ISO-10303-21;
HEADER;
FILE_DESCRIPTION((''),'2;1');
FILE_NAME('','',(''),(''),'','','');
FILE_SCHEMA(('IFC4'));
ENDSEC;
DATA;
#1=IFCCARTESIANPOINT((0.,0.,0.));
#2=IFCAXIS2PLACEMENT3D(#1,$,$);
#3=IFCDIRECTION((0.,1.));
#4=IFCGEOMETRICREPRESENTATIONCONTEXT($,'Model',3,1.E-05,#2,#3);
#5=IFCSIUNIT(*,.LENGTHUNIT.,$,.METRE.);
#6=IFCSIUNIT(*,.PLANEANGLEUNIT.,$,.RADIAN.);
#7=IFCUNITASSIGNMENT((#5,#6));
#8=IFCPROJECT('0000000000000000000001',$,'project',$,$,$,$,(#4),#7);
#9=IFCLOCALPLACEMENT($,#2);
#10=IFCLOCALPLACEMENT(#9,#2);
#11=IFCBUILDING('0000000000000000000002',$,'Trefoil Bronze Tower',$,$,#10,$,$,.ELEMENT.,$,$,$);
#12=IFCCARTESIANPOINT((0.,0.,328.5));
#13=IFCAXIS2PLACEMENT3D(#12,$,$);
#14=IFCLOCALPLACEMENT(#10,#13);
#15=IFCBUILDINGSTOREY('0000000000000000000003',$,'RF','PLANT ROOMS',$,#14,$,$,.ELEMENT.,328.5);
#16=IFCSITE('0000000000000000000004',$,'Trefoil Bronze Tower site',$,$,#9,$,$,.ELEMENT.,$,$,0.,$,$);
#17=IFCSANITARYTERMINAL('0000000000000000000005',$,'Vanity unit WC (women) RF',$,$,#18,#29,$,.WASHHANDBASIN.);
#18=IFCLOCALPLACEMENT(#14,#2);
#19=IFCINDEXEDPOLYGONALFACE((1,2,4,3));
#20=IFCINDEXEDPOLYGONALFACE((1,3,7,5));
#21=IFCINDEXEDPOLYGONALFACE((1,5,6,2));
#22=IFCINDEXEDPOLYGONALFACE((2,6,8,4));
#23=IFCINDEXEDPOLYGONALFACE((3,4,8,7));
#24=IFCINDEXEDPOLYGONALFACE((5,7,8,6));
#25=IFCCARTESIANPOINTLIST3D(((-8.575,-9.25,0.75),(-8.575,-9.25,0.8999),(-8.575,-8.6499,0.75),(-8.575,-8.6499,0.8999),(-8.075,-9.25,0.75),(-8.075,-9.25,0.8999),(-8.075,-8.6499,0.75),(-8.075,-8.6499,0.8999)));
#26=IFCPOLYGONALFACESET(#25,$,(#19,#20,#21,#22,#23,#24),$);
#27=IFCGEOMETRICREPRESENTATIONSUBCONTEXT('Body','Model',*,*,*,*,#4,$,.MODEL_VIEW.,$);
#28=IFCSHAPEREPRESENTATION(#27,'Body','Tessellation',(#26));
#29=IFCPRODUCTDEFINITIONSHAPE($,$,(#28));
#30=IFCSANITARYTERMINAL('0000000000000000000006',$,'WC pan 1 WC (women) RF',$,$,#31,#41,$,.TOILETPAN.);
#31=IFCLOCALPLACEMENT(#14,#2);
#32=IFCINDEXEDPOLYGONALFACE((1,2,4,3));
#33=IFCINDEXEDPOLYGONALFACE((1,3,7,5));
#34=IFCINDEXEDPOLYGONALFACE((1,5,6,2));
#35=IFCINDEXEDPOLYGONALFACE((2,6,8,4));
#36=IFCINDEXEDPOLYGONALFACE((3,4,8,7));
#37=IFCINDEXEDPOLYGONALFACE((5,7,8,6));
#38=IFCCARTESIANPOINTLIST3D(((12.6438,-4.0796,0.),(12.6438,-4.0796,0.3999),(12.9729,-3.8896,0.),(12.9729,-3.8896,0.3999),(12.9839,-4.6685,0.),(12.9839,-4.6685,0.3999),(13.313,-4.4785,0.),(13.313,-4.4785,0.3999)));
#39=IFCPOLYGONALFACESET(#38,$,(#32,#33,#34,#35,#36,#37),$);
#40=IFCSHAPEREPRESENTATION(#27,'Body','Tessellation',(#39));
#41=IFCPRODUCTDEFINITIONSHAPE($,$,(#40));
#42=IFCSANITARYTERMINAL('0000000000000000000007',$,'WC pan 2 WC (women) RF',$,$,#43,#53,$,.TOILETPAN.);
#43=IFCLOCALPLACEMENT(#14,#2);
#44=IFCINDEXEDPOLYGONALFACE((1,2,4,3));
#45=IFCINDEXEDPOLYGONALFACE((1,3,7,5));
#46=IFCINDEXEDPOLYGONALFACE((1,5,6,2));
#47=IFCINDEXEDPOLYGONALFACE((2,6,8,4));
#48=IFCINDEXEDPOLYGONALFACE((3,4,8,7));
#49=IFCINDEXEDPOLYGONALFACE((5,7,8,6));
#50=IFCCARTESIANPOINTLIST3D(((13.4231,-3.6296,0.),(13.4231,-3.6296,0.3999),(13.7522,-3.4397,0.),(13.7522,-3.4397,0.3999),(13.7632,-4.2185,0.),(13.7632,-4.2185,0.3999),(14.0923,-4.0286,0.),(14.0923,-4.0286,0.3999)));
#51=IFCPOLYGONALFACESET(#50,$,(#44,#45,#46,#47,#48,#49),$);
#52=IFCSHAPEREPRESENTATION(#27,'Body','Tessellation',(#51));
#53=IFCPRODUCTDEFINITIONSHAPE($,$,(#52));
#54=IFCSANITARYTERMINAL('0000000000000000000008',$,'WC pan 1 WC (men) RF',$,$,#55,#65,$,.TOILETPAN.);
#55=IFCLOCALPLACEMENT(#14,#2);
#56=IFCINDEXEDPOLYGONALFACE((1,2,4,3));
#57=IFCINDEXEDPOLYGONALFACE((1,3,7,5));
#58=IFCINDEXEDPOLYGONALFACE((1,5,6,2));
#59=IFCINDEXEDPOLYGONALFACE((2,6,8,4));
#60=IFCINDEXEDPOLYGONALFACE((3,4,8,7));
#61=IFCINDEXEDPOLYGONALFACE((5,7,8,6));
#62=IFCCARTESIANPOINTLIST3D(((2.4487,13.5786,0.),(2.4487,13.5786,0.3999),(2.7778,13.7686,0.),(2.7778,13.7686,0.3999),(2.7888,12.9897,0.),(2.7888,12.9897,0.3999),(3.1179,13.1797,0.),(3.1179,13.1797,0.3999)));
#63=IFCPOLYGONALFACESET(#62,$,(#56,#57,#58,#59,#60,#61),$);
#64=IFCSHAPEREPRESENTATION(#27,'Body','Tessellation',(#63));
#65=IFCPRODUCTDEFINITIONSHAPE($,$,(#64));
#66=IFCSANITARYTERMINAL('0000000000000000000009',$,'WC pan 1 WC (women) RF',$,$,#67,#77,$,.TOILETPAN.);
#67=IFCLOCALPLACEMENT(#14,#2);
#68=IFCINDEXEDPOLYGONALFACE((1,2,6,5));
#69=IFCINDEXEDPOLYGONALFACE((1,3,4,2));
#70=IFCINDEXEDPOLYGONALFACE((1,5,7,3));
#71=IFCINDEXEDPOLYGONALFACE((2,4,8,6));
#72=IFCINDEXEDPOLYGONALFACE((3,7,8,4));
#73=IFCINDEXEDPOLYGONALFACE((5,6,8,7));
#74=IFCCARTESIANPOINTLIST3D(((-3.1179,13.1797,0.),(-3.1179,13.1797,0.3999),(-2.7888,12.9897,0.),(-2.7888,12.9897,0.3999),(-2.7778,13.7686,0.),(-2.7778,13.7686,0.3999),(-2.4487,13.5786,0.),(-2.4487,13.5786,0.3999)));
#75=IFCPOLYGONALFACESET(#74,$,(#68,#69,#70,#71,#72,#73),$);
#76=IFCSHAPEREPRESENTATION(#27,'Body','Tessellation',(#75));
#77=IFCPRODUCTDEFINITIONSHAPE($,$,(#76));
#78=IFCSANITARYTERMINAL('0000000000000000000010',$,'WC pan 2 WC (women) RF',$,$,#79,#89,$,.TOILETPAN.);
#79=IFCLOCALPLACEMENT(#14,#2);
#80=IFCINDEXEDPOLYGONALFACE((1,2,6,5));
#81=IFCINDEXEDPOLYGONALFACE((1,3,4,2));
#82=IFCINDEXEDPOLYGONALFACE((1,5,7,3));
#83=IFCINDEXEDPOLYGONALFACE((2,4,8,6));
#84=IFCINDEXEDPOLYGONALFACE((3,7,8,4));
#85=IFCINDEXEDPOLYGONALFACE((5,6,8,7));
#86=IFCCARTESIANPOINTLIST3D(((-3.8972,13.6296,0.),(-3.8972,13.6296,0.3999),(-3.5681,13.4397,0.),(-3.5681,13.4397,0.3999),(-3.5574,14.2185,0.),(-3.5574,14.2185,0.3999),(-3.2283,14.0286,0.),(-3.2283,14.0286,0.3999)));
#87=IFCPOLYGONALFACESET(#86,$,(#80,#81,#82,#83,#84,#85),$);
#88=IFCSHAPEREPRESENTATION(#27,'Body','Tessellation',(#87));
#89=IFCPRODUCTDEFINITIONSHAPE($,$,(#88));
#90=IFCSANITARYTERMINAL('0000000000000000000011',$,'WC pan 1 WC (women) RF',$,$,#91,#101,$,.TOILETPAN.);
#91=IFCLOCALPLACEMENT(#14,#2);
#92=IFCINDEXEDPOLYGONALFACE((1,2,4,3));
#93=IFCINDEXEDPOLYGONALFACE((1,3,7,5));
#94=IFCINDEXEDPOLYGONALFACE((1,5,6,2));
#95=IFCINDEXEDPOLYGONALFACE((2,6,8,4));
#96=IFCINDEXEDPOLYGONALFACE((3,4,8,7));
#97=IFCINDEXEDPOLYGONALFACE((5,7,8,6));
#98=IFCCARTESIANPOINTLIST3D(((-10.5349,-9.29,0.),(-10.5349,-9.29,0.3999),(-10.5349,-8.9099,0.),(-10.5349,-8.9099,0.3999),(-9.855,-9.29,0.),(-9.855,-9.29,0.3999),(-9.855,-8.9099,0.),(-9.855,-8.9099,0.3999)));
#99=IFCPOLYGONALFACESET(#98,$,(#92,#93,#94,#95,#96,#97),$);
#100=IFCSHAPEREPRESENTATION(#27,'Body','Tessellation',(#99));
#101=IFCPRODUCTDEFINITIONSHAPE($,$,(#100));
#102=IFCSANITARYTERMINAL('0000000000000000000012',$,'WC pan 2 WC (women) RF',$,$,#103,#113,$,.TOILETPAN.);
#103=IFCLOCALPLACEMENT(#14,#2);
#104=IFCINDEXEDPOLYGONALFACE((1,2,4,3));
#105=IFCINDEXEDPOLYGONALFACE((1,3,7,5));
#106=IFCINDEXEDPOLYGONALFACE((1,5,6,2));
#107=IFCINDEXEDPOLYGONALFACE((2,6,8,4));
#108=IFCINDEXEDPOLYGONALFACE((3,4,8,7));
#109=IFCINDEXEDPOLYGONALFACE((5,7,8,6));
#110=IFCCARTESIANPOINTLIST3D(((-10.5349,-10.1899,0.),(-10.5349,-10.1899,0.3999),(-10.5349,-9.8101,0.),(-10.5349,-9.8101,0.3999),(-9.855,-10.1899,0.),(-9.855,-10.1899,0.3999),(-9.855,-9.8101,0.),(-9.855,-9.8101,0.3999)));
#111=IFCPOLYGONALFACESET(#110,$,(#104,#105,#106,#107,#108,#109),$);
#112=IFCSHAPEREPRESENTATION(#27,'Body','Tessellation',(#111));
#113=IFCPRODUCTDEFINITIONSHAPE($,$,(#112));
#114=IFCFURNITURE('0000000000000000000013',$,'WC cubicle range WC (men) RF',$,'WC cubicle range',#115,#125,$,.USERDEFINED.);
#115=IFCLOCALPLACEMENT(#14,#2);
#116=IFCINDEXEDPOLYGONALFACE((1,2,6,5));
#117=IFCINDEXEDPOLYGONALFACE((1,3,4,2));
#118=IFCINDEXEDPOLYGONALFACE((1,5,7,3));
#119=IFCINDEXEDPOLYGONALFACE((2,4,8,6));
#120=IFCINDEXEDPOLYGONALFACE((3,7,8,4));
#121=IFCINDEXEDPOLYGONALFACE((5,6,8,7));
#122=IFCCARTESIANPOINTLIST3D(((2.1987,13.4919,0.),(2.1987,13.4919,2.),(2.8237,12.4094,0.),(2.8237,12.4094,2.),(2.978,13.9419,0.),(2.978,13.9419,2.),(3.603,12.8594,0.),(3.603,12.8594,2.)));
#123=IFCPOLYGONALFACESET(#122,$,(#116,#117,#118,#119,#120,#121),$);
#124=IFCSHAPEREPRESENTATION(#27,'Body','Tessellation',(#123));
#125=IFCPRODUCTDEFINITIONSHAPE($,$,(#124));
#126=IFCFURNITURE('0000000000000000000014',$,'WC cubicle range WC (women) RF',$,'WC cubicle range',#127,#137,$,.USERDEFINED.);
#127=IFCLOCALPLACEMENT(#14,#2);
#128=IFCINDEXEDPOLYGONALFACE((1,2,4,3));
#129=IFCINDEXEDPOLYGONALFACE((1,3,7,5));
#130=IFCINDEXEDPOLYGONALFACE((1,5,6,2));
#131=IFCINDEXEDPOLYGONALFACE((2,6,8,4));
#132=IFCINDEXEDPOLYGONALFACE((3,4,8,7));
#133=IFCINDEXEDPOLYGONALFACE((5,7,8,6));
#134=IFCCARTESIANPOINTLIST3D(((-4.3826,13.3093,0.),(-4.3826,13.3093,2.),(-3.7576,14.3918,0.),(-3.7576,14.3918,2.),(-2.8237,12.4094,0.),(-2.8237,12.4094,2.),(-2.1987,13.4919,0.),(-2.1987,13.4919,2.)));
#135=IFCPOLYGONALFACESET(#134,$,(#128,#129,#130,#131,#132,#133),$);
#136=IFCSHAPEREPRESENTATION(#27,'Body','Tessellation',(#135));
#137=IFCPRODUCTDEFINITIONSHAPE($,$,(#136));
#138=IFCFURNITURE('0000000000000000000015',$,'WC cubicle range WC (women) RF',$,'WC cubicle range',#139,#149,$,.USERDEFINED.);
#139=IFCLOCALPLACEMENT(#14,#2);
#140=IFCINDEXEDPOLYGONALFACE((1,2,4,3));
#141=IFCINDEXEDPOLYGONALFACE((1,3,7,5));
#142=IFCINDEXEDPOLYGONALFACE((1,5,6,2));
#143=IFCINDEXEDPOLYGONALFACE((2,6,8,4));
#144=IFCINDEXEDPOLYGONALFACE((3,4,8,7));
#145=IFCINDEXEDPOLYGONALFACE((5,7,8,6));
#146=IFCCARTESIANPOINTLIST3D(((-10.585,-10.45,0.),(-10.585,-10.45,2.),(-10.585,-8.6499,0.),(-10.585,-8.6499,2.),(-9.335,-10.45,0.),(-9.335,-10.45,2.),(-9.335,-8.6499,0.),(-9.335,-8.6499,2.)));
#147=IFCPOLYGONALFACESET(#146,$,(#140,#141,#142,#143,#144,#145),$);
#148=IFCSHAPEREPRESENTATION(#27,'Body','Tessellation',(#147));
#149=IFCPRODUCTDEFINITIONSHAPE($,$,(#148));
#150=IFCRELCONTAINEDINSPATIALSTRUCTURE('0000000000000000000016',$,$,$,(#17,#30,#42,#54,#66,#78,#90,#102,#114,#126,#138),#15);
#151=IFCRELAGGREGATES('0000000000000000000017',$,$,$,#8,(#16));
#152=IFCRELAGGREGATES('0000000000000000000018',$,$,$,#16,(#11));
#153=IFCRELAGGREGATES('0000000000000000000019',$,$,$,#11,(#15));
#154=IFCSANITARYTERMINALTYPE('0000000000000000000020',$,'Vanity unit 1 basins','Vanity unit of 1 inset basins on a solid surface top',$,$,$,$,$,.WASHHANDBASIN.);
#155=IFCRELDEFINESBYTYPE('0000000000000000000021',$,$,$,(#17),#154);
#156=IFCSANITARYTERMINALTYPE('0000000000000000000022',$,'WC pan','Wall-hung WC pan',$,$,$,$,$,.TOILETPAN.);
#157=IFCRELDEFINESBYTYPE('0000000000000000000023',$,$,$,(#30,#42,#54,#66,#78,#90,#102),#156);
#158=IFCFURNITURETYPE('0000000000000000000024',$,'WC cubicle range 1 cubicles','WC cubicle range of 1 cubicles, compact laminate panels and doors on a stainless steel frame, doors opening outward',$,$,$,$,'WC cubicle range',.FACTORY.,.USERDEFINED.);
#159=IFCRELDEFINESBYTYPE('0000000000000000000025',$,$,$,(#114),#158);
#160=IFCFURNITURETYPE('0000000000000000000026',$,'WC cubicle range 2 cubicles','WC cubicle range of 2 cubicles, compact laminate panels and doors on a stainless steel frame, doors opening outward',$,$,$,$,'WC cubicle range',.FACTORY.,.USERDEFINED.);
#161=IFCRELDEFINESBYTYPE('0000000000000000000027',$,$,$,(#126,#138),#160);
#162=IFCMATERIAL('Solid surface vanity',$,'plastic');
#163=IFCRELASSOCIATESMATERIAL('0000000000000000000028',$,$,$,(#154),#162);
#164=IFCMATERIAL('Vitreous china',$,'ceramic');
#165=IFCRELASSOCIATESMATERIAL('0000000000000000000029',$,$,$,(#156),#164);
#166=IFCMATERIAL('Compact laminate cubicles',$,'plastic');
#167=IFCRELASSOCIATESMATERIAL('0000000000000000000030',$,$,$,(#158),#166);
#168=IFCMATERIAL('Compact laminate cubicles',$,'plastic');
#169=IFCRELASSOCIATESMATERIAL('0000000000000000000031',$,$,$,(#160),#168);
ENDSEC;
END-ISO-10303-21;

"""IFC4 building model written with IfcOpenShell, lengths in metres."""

from ifc_helpers import new_model, si_unit, direction, frame, origin, place, context, subcontext, project, spatial, polyline, outline, extrude, material, type_object, element, save


model = new_model("IFC4")

# Units and contexts
model_context = context("Model", 3, precision=1e-05, world=origin(), true_north=direction((0.0, 1.0)))
body_context = subcontext(model_context, "Body", "Model", "MODEL_VIEW")
ifc_project = project(units=[si_unit("LENGTHUNIT", "METRE"), si_unit("PLANEANGLEUNIT", "RADIAN")], contexts=[model_context])

# Site, building, storey
site_placement = place(None, origin())
site = spatial("IfcSite", under=ifc_project, at=site_placement, Name="Trefoil Bronze Tower site", CompositionType="ELEMENT", RefElevation=0.0)
building_placement = place(site_placement, origin())
building = spatial("IfcBuilding", under=site, at=building_placement, Name="Trefoil Bronze Tower", CompositionType="ELEMENT")
storey_placement = place(building_placement, frame((0.0, 0.0, 328.5)))
storey = spatial("IfcBuildingStorey", under=building, at=storey_placement, Name="RF", Description="PLANT ROOMS", CompositionType="ELEMENT", Elevation=328.5)

# Sanitary terminals
ifc_material_1 = material(Name="Solid surface vanity", Category="plastic")
sanitary_terminal_type_1 = type_object("IfcSanitaryTerminalType", Name="Vanity unit 1 basins", Description="Vanity unit of 1 inset basins on a solid surface top", PredefinedType="WASHHANDBASIN", material=ifc_material_1)
sanitary_terminal_1_placement = place(storey_placement, frame((0.0, 0.0, 0.75)))
element("IfcSanitaryTerminal", 1, at=sanitary_terminal_1_placement, inside=storey, type_object=sanitary_terminal_type_1, Name="Vanity unit WC (women) RF", PredefinedType="WASHHANDBASIN", context=body_context, shape_type="SweptSolid", body=[
    extrude(outline(polyline([(-8.075, -8.6499), (-8.575, -8.6499), (-8.575, -9.25), (-8.075, -9.25), (-8.075, -8.6499)])), origin(), (0.0, 0.0, 1.0), 0.1499),
])
ifc_material_2 = material(Name="Vitreous china", Category="ceramic")
sanitary_terminal_type_2 = type_object("IfcSanitaryTerminalType", Name="WC pan", Description="Wall-hung WC pan", PredefinedType="TOILETPAN", material=ifc_material_2)
sanitary_terminal_2_placement = place(storey_placement, origin())
element("IfcSanitaryTerminal", 2, at=sanitary_terminal_2_placement, inside=storey, type_object=sanitary_terminal_type_2, Name="WC pan 1 WC (women) RF", PredefinedType="TOILETPAN", context=body_context, shape_type="SweptSolid", body=[
    extrude(outline(polyline([(12.6438, -4.0796), (12.9839, -4.6685), (13.313, -4.4785), (12.9729, -3.8896), (12.6438, -4.0796)])), origin(), (0.0, 0.0, 1.0), 0.3999),
])
sanitary_terminal_3_placement = place(storey_placement, origin())
element("IfcSanitaryTerminal", 3, at=sanitary_terminal_3_placement, inside=storey, type_object=sanitary_terminal_type_2, Name="WC pan 2 WC (women) RF", PredefinedType="TOILETPAN", context=body_context, shape_type="SweptSolid", body=[
    extrude(outline(polyline([(13.4231, -3.6296), (13.7632, -4.2185), (14.0923, -4.0286), (13.7522, -3.4397), (13.4231, -3.6296)])), origin(), (0.0, 0.0, 1.0), 0.3999),
])
sanitary_terminal_4_placement = place(storey_placement, origin())
element("IfcSanitaryTerminal", 4, at=sanitary_terminal_4_placement, inside=storey, type_object=sanitary_terminal_type_2, Name="WC pan 1 WC (men) RF", PredefinedType="TOILETPAN", context=body_context, shape_type="SweptSolid", body=[
    extrude(outline(polyline([(2.7888, 12.9897), (2.4487, 13.5786), (2.7778, 13.7686), (3.1179, 13.1797), (2.7888, 12.9897)])), origin(), (0.0, 0.0, 1.0), 0.3999),
])
sanitary_terminal_5_placement = place(storey_placement, origin())
element("IfcSanitaryTerminal", 5, at=sanitary_terminal_5_placement, inside=storey, type_object=sanitary_terminal_type_2, Name="WC pan 1 WC (women) RF", PredefinedType="TOILETPAN", context=body_context, shape_type="SweptSolid", body=[
    extrude(outline(polyline([(-2.7888, 12.9897), (-2.4487, 13.5786), (-2.7778, 13.7686), (-3.1179, 13.1797), (-2.7888, 12.9897)])), origin(), (0.0, 0.0, 1.0), 0.3999),
])
sanitary_terminal_6_placement = place(storey_placement, origin())
element("IfcSanitaryTerminal", 6, at=sanitary_terminal_6_placement, inside=storey, type_object=sanitary_terminal_type_2, Name="WC pan 2 WC (women) RF", PredefinedType="TOILETPAN", context=body_context, shape_type="SweptSolid", body=[
    extrude(outline(polyline([(-3.5681, 13.4397), (-3.2283, 14.0286), (-3.5574, 14.2185), (-3.8972, 13.6296), (-3.5681, 13.4397)])), origin(), (0.0, 0.0, 1.0), 0.3999),
])
sanitary_terminal_7_placement = place(storey_placement, origin())
element("IfcSanitaryTerminal", 7, at=sanitary_terminal_7_placement, inside=storey, type_object=sanitary_terminal_type_2, Name="WC pan 1 WC (women) RF", PredefinedType="TOILETPAN", context=body_context, shape_type="SweptSolid", body=[
    extrude(outline(polyline([(-9.855, -8.9099), (-10.5349, -8.9099), (-10.5349, -9.29), (-9.855, -9.29), (-9.855, -8.9099)])), origin(), (0.0, 0.0, 1.0), 0.3999),
])
sanitary_terminal_8_placement = place(storey_placement, origin())
element("IfcSanitaryTerminal", 8, at=sanitary_terminal_8_placement, inside=storey, type_object=sanitary_terminal_type_2, Name="WC pan 2 WC (women) RF", PredefinedType="TOILETPAN", context=body_context, shape_type="SweptSolid", body=[
    extrude(outline(polyline([(-9.855, -9.8101), (-10.5349, -9.8101), (-10.5349, -10.1899), (-9.855, -10.1899), (-9.855, -9.8101)])), origin(), (0.0, 0.0, 1.0), 0.3999),
])

# Furniture
ifc_material_3 = material(Name="Compact laminate cubicles", Category="plastic")
furniture_type_1 = type_object("IfcFurnitureType", Name="WC cubicle range 1 cubicles", Description="WC cubicle range of 1 cubicles, compact laminate panels and doors on a stainless steel frame, doors opening outward", ElementType="WC cubicle range", AssemblyPlace="FACTORY", PredefinedType="USERDEFINED", material=ifc_material_3)
furniture_1_placement = place(storey_placement, origin())
element("IfcFurniture", 9, at=furniture_1_placement, inside=storey, type_object=furniture_type_1, Name="WC cubicle range WC (men) RF", ObjectType="WC cubicle range", PredefinedType="USERDEFINED", context=body_context, shape_type="SweptSolid", body=[
    extrude(outline(polyline([(2.8237, 12.4094), (2.1987, 13.4919), (2.978, 13.9419), (3.603, 12.8594), (2.8237, 12.4094)])), origin(), (0.0, 0.0, 1.0), 2.0),
])
ifc_material_4 = material(Name="Compact laminate cubicles", Category="plastic")
furniture_type_2 = type_object("IfcFurnitureType", Name="WC cubicle range 2 cubicles", Description="WC cubicle range of 2 cubicles, compact laminate panels and doors on a stainless steel frame, doors opening outward", ElementType="WC cubicle range", AssemblyPlace="FACTORY", PredefinedType="USERDEFINED", material=ifc_material_4)
furniture_2_placement = place(storey_placement, origin())
element("IfcFurniture", 10, at=furniture_2_placement, inside=storey, type_object=furniture_type_2, Name="WC cubicle range WC (women) RF", ObjectType="WC cubicle range", PredefinedType="USERDEFINED", context=body_context, shape_type="SweptSolid", body=[
    extrude(outline(polyline([(-2.8237, 12.4094), (-2.1987, 13.4919), (-3.7576, 14.3918), (-4.3826, 13.3093), (-2.8237, 12.4094)])), origin(), (0.0, 0.0, 1.0), 2.0),
])
furniture_3_placement = place(storey_placement, origin())
element("IfcFurniture", 11, at=furniture_3_placement, inside=storey, type_object=furniture_type_2, Name="WC cubicle range WC (women) RF", ObjectType="WC cubicle range", PredefinedType="USERDEFINED", context=body_context, shape_type="SweptSolid", body=[
    extrude(outline(polyline([(-9.335, -8.6499), (-10.585, -8.6499), (-10.585, -10.45), (-9.335, -10.45), (-9.335, -8.6499)])), origin(), (0.0, 0.0, 1.0), 2.0),
])

save(model, "model.ifc")
